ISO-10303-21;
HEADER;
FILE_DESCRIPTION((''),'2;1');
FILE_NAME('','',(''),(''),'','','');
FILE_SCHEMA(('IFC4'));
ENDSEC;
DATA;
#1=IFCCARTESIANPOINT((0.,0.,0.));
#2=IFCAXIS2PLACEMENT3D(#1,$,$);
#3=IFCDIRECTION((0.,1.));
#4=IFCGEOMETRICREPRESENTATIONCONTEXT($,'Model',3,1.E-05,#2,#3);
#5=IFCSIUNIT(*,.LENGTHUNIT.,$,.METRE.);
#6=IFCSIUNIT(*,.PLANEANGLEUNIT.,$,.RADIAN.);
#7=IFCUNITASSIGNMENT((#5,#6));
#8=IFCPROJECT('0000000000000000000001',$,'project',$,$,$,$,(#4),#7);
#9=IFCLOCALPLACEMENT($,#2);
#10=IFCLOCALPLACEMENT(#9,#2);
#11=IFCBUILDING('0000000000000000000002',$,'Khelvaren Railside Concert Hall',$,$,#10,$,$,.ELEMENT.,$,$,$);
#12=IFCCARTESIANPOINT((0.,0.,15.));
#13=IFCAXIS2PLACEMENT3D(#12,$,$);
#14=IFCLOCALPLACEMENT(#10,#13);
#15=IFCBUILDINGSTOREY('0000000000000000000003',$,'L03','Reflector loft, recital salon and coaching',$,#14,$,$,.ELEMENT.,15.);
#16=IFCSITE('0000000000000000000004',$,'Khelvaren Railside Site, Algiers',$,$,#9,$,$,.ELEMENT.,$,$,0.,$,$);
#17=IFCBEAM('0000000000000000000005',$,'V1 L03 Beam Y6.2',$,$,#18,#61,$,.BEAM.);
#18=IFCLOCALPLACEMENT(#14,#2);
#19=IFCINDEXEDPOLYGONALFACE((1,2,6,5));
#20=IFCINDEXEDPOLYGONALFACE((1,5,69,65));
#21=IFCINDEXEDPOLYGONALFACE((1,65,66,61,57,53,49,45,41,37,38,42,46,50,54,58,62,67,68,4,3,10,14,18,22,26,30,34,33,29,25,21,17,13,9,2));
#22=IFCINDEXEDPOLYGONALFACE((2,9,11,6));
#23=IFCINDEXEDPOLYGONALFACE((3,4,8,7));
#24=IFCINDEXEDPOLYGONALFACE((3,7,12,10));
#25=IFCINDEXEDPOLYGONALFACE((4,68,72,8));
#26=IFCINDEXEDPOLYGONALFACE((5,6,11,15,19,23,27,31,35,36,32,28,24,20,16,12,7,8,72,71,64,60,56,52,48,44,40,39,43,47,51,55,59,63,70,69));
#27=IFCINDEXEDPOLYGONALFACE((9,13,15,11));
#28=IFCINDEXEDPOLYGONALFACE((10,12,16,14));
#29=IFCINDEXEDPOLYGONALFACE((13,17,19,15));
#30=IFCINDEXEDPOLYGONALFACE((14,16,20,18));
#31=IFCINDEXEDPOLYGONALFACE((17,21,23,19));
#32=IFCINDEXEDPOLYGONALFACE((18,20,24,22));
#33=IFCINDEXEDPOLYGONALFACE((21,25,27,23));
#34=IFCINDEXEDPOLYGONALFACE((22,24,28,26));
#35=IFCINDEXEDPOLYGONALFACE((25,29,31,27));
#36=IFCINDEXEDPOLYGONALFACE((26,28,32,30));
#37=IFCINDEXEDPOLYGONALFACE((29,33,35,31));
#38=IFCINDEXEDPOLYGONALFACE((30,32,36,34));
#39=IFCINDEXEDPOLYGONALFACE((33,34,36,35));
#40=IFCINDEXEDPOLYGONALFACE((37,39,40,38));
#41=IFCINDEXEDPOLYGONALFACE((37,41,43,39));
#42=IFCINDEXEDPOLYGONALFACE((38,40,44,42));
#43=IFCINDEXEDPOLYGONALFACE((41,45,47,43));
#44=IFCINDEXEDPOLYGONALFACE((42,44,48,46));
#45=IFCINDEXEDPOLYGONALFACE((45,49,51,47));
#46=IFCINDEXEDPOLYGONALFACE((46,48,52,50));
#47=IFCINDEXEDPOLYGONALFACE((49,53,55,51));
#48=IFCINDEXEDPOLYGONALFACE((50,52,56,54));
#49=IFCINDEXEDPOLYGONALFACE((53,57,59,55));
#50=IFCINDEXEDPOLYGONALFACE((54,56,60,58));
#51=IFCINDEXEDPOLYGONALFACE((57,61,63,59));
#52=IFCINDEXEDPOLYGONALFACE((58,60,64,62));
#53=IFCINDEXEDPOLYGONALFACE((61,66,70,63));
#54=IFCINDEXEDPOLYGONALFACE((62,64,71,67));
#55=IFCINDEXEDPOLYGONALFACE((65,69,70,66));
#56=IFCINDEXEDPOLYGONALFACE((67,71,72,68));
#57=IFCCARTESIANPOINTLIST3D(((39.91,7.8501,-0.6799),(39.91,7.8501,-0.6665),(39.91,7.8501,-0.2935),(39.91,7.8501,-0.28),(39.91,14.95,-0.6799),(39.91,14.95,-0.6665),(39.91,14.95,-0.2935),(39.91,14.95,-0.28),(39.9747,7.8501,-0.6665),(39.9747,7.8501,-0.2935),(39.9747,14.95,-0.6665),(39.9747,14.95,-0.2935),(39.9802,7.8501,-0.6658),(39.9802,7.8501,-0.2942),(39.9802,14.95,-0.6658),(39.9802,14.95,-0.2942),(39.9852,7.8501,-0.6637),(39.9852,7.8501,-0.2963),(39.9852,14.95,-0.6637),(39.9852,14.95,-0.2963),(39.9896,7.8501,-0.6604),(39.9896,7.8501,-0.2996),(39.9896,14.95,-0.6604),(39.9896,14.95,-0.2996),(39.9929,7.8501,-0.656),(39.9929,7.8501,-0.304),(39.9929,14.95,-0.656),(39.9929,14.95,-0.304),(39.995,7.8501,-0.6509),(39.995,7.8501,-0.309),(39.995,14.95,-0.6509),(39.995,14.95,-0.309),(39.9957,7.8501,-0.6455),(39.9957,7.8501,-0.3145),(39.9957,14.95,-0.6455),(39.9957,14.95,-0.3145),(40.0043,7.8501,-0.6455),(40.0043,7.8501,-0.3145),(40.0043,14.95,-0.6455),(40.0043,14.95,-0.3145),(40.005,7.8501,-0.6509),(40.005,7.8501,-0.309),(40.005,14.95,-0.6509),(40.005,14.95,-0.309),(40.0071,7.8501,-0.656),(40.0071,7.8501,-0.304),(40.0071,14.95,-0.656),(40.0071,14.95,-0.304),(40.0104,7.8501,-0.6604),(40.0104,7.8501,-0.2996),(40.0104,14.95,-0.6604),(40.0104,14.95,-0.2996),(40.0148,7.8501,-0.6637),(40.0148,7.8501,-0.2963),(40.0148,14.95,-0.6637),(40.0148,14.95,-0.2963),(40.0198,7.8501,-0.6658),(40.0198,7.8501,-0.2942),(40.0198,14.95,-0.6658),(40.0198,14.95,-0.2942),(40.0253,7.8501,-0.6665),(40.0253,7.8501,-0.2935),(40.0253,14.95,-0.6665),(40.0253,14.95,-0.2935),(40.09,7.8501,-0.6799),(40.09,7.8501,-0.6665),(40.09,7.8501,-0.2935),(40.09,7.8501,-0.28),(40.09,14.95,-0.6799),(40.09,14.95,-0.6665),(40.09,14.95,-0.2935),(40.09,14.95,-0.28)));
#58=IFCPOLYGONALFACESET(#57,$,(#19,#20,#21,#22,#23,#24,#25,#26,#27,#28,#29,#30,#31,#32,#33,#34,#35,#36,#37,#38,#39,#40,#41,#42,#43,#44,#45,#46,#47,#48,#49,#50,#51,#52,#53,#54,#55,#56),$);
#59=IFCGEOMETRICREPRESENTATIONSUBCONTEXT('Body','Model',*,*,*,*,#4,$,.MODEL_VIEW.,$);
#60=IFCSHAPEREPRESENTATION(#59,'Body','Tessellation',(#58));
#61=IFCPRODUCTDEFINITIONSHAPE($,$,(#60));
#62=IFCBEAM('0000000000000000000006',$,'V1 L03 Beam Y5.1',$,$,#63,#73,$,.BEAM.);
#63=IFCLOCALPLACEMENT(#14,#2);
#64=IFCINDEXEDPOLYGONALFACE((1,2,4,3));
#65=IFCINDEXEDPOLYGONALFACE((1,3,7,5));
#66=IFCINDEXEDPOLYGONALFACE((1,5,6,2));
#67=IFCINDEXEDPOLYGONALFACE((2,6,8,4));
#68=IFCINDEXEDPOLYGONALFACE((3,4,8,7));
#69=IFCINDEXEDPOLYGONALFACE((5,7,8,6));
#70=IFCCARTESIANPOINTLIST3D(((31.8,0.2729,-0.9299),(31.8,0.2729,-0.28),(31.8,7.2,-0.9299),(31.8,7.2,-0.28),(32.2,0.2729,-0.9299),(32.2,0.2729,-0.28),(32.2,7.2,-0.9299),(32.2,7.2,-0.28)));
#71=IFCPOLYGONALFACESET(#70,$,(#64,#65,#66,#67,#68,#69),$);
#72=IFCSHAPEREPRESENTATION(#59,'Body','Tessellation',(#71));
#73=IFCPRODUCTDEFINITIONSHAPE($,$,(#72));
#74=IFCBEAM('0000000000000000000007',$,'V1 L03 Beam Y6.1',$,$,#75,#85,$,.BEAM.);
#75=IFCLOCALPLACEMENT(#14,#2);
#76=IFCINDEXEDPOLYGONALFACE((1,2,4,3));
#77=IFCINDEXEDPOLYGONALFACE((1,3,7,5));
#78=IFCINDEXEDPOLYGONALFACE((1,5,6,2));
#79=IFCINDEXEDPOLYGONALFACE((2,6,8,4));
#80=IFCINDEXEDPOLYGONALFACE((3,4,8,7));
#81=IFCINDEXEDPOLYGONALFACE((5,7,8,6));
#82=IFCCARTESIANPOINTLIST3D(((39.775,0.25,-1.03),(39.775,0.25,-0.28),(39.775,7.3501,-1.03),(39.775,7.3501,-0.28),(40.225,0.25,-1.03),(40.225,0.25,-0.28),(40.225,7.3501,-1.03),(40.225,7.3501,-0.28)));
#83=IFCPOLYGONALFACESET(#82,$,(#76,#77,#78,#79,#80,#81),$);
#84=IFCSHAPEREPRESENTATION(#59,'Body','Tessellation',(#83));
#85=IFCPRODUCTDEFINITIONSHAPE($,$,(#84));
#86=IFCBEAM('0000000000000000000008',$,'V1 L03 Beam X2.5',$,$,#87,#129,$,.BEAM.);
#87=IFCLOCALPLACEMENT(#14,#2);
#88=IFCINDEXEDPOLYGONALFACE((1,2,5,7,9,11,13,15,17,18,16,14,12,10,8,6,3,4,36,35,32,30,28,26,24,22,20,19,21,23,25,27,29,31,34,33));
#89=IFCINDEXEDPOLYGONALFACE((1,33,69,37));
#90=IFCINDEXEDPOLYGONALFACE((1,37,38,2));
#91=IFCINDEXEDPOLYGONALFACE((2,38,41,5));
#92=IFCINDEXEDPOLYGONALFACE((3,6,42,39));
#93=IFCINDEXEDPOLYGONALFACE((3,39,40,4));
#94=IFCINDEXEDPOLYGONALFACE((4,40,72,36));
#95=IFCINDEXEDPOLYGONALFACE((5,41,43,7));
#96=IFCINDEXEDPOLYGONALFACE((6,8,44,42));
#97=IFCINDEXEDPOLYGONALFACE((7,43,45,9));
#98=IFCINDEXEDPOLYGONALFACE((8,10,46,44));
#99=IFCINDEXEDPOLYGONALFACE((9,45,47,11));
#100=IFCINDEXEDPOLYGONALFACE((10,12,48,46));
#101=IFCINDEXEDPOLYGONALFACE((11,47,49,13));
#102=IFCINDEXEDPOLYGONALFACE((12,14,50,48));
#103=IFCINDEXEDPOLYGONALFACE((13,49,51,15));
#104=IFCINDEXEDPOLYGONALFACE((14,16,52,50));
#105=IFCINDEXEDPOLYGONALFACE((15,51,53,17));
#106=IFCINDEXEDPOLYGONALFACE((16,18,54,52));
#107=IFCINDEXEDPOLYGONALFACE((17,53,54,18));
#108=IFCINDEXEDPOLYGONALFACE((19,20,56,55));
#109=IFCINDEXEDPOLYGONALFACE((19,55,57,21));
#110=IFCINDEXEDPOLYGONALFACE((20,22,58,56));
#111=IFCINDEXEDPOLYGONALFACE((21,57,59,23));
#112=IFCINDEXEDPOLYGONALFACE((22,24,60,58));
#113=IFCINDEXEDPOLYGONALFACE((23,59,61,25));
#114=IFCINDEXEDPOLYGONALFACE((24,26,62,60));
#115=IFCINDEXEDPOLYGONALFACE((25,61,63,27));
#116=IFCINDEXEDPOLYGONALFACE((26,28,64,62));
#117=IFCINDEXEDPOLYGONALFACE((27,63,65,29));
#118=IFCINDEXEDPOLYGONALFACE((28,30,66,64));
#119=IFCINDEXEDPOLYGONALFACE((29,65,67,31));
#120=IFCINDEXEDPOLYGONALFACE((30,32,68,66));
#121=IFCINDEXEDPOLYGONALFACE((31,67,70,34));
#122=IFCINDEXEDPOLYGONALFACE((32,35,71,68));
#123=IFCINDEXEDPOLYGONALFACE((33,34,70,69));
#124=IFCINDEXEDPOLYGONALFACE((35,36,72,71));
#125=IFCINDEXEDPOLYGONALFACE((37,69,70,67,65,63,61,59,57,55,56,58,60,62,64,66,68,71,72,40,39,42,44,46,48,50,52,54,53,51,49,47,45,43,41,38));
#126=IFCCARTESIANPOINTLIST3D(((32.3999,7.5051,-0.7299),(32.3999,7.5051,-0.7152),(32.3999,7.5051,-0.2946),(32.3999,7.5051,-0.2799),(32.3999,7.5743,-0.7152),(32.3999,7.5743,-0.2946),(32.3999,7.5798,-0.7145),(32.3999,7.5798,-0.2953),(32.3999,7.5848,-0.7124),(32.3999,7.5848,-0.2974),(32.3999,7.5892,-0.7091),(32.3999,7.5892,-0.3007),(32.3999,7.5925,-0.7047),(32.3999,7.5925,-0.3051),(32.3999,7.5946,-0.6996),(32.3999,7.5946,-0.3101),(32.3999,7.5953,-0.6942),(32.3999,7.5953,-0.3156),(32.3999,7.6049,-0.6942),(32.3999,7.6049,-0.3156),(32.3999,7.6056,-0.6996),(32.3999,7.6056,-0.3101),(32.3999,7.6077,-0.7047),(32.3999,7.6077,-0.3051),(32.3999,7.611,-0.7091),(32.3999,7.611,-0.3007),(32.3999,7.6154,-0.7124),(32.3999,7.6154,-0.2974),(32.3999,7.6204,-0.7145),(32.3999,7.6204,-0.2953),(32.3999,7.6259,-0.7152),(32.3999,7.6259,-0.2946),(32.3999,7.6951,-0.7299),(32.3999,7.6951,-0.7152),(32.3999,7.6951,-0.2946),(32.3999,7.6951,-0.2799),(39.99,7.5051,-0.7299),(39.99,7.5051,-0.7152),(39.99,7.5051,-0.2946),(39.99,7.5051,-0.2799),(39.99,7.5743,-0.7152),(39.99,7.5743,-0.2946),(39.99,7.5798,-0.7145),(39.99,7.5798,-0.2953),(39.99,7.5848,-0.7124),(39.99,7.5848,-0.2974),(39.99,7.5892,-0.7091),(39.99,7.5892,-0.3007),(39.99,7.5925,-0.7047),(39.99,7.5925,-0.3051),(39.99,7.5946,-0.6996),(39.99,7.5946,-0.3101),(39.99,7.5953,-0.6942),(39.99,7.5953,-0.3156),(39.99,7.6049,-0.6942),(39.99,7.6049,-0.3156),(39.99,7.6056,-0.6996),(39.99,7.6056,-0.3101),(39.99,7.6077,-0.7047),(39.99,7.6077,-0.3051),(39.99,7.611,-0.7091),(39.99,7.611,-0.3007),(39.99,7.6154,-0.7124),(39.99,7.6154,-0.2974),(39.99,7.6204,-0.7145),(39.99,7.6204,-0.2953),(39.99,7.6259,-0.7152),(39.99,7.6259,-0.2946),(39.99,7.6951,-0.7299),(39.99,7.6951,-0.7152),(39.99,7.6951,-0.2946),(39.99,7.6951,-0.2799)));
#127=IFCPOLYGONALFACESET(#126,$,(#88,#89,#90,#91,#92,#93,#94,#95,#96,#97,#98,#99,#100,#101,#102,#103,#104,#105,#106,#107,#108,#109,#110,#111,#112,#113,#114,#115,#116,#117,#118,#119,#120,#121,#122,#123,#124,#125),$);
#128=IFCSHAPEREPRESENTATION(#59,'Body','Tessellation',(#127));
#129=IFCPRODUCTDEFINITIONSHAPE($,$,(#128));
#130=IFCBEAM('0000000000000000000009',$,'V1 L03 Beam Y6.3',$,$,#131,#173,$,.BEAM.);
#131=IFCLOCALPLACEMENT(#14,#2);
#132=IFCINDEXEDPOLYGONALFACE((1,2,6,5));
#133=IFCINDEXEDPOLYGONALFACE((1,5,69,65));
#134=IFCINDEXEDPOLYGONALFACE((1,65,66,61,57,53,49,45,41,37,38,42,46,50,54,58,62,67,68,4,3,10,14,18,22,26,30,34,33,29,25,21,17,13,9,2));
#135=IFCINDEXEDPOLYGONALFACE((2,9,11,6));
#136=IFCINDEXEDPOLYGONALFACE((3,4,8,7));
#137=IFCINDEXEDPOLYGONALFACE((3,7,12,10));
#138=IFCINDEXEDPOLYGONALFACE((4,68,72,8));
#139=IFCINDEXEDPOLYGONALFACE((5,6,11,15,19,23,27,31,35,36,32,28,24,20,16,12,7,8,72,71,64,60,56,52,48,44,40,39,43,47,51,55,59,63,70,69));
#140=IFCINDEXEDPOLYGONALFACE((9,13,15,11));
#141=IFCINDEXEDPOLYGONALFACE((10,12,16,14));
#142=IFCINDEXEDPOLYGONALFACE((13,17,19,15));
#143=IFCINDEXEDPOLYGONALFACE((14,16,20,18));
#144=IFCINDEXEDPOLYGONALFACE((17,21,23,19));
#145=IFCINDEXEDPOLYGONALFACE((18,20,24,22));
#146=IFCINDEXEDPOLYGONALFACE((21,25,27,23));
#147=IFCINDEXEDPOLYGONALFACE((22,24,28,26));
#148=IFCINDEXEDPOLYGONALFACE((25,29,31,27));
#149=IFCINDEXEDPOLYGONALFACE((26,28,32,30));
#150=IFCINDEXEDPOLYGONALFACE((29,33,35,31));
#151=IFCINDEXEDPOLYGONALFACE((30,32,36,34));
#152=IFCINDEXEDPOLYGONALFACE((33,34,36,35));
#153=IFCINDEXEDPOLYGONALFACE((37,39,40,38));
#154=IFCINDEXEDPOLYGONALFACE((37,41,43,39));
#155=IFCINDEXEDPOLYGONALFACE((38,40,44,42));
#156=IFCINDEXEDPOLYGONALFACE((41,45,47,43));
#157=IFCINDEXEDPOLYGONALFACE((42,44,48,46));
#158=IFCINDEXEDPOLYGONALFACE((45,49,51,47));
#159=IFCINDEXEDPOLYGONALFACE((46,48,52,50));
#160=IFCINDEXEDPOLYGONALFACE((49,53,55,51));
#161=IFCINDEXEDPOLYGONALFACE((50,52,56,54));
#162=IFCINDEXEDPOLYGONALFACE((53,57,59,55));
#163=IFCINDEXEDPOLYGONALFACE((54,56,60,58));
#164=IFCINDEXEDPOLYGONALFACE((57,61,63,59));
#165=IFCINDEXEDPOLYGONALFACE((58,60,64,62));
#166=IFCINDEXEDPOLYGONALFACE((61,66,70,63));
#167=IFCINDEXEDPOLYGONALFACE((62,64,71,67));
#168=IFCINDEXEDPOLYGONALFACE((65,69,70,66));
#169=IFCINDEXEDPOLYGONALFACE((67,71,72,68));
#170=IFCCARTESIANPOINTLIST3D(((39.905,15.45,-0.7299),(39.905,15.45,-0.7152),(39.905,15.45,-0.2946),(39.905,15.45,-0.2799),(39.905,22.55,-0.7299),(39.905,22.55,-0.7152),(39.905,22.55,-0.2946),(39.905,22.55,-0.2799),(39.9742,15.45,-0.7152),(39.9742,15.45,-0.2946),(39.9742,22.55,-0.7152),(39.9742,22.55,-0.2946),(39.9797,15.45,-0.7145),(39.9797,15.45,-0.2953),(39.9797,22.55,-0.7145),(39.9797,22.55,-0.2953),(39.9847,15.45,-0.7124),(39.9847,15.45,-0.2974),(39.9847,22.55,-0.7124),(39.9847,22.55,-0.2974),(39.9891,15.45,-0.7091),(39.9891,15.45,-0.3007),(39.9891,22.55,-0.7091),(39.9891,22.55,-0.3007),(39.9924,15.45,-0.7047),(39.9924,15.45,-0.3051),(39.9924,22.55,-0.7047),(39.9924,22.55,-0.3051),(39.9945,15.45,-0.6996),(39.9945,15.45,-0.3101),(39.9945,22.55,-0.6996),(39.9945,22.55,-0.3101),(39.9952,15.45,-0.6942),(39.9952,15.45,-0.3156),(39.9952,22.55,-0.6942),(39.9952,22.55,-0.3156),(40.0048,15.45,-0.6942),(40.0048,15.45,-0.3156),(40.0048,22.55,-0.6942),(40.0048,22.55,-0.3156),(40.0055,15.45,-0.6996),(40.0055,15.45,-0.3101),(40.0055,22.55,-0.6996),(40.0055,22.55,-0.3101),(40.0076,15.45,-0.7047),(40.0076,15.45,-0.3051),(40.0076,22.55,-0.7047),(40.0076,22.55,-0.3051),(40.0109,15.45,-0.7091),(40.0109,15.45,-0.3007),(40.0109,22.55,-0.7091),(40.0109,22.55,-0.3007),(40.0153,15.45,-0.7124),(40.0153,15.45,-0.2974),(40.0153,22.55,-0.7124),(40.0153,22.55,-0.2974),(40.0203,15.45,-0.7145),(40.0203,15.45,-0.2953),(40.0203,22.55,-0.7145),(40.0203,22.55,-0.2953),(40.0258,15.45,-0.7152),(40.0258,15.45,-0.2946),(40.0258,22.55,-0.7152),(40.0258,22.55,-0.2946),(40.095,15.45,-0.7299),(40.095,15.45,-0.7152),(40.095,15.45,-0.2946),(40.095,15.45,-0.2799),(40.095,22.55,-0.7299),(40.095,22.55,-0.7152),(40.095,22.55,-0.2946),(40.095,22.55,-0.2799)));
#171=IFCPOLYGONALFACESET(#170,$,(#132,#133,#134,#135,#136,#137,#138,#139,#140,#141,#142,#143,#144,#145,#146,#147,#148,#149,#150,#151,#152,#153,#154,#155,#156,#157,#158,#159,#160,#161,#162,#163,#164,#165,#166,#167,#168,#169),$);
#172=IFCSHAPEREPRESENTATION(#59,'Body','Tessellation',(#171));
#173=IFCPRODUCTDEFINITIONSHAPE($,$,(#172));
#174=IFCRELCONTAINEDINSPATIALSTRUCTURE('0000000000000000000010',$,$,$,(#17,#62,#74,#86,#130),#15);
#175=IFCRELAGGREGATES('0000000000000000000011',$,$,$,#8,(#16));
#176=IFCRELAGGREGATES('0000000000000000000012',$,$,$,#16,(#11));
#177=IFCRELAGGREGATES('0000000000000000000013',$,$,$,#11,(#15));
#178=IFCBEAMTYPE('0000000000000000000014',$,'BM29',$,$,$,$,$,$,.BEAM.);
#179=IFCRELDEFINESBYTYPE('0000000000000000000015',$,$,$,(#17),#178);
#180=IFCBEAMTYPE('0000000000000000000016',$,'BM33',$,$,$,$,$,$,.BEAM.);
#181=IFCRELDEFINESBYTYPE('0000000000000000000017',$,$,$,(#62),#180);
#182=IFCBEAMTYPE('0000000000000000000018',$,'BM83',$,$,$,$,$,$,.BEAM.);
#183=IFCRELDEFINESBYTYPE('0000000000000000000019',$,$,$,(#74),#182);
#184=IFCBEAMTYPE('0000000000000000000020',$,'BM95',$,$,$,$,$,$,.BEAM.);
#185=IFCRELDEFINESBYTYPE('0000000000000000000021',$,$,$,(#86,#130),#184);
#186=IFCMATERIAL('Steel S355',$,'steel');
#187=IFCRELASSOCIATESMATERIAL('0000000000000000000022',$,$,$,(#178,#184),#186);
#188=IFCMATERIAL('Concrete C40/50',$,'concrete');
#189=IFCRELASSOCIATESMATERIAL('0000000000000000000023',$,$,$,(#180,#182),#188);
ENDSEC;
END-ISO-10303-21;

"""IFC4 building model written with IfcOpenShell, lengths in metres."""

from ifc_helpers import new_model, si_unit, direction, frame, origin, origin_2d, place, context, subcontext, project, spatial, rectangle, i_section, extrude, material, material_profile, profile_set, type_object, element, save


model = new_model("IFC4")

# Units and contexts
model_context = context("Model", 3, precision=1e-05, world=origin(), true_north=direction((0.0, 1.0)))
body_context = subcontext(model_context, "Body", "Model", "MODEL_VIEW")
ifc_project = project(units=[si_unit("LENGTHUNIT", "METRE"), si_unit("PLANEANGLEUNIT", "RADIAN")], contexts=[model_context])

# Site, building, storey
site_placement = place(None, origin())
site = spatial("IfcSite", under=ifc_project, at=site_placement, Name="Khelvaren Railside Site, Algiers", CompositionType="ELEMENT", RefElevation=0.0)
building_placement = place(site_placement, origin())
building = spatial("IfcBuilding", under=site, at=building_placement, Name="Khelvaren Railside Concert Hall", CompositionType="ELEMENT")
storey_placement = place(building_placement, frame((0.0, 0.0, 15.0)))
storey = spatial("IfcBuildingStorey", under=building, at=storey_placement, Name="L03", Description="Reflector loft, recital salon and coaching", CompositionType="ELEMENT", Elevation=15.0)

# Shared definitions
ifc_material_1 = material(Name="Steel S355", Category="steel")

# Beams
ifc_material_profile_1 = material_profile(ifc_material_1, i_section(OverallWidth=0.1799, OverallDepth=0.3999, WebThickness=0.0085, FlangeThickness=0.0134, FilletRadius=0.021, at=origin_2d()), Name="IPE 400")
ifc_profile_set_1 = profile_set([ifc_material_profile_1], Name="Steel S355")
beam_type_1 = type_object("IfcBeamType", Name="BM29", PredefinedType="BEAM", material=ifc_profile_set_1)
beam_1_placement = place(storey_placement, frame((40.0, 7.8501, -0.48), z_axis=(0.0, 1.0, 0.0), x_axis=(-1.0, 0.0, 0.0)))
element("IfcBeam", 1, at=beam_1_placement, inside=storey, type_object=beam_type_1, Name="V1 L03 Beam Y6.2", PredefinedType="BEAM", context=body_context, shape_type="SweptSolid", body=[
    extrude(i_section(OverallWidth=0.1799, OverallDepth=0.3999, WebThickness=0.0085, FlangeThickness=0.0134, FilletRadius=0.021, at=origin_2d()), origin(), (0.0, 0.0, 1.0), 7.0999),
])
ifc_material_2 = material(Name="Concrete C40/50", Category="concrete")
ifc_material_profile_2 = material_profile(ifc_material_2, rectangle(XDim=0.3999, YDim=0.6499, at=origin_2d()), Name="RCB 400x650")
ifc_profile_set_2 = profile_set([ifc_material_profile_2], Name="Concrete C40/50")
beam_type_2 = type_object("IfcBeamType", Name="BM33", PredefinedType="BEAM", material=ifc_profile_set_2)
beam_2_placement = place(storey_placement, frame((32.0, 0.2729, -0.605), z_axis=(0.0, 1.0, 0.0), x_axis=(-1.0, 0.0, 0.0)))
element("IfcBeam", 2, at=beam_2_placement, inside=storey, type_object=beam_type_2, Name="V1 L03 Beam Y5.1", PredefinedType="BEAM", context=body_context, shape_type="SweptSolid", body=[
    extrude(rectangle(XDim=0.3999, YDim=0.6499, at=origin_2d()), origin(), (0.0, 0.0, 1.0), 6.927),
])
ifc_material_profile_3 = material_profile(ifc_material_2, rectangle(XDim=0.45, YDim=0.75, at=origin_2d()), Name="RCB 450x750")
ifc_profile_set_3 = profile_set([ifc_material_profile_3], Name="Concrete C40/50")
beam_type_3 = type_object("IfcBeamType", Name="BM83", PredefinedType="BEAM", material=ifc_profile_set_3)
beam_3_placement = place(storey_placement, frame((40.0, 0.25, -0.655), z_axis=(0.0, 1.0, 0.0), x_axis=(-1.0, 0.0, 0.0)))
element("IfcBeam", 3, at=beam_3_placement, inside=storey, type_object=beam_type_3, Name="V1 L03 Beam Y6.1", PredefinedType="BEAM", context=body_context, shape_type="SweptSolid", body=[
    extrude(rectangle(XDim=0.45, YDim=0.75, at=origin_2d()), origin(), (0.0, 0.0, 1.0), 7.1001),
])
ifc_material_profile_4 = material_profile(ifc_material_1, i_section(OverallWidth=0.1899, OverallDepth=0.45, WebThickness=0.0095, FlangeThickness=0.0146, FilletRadius=0.021, at=origin_2d()), Name="IPE 450")
ifc_profile_set_4 = profile_set([ifc_material_profile_4], Name="Steel S355")
beam_type_4 = type_object("IfcBeamType", Name="BM95", PredefinedType="BEAM", material=ifc_profile_set_4)
beam_4_placement = place(storey_placement, frame((32.3999, 7.6001, -0.5049), z_axis=(1.0, 0.0, 0.0), x_axis=(0.0, 1.0, 0.0)))
element("IfcBeam", 4, at=beam_4_placement, inside=storey, type_object=beam_type_4, Name="V1 L03 Beam X2.5", PredefinedType="BEAM", context=body_context, shape_type="SweptSolid", body=[
    extrude(i_section(OverallWidth=0.1899, OverallDepth=0.45, WebThickness=0.0095, FlangeThickness=0.0146, FilletRadius=0.021, at=origin_2d()), origin(), (0.0, 0.0, 1.0), 7.5901),
])
beam_5_placement = place(storey_placement, frame((40.0, 15.45, -0.5049), z_axis=(0.0, 1.0, 0.0), x_axis=(-1.0, 0.0, 0.0)))
element("IfcBeam", 5, at=beam_5_placement, inside=storey, type_object=beam_type_4, Name="V1 L03 Beam Y6.3", PredefinedType="BEAM", context=body_context, shape_type="SweptSolid", body=[
    extrude(i_section(OverallWidth=0.1899, OverallDepth=0.45, WebThickness=0.0095, FlangeThickness=0.0146, FilletRadius=0.021, at=origin_2d()), origin(), (0.0, 0.0, 1.0), 7.1001),
])

save(model, "model.ifc")
